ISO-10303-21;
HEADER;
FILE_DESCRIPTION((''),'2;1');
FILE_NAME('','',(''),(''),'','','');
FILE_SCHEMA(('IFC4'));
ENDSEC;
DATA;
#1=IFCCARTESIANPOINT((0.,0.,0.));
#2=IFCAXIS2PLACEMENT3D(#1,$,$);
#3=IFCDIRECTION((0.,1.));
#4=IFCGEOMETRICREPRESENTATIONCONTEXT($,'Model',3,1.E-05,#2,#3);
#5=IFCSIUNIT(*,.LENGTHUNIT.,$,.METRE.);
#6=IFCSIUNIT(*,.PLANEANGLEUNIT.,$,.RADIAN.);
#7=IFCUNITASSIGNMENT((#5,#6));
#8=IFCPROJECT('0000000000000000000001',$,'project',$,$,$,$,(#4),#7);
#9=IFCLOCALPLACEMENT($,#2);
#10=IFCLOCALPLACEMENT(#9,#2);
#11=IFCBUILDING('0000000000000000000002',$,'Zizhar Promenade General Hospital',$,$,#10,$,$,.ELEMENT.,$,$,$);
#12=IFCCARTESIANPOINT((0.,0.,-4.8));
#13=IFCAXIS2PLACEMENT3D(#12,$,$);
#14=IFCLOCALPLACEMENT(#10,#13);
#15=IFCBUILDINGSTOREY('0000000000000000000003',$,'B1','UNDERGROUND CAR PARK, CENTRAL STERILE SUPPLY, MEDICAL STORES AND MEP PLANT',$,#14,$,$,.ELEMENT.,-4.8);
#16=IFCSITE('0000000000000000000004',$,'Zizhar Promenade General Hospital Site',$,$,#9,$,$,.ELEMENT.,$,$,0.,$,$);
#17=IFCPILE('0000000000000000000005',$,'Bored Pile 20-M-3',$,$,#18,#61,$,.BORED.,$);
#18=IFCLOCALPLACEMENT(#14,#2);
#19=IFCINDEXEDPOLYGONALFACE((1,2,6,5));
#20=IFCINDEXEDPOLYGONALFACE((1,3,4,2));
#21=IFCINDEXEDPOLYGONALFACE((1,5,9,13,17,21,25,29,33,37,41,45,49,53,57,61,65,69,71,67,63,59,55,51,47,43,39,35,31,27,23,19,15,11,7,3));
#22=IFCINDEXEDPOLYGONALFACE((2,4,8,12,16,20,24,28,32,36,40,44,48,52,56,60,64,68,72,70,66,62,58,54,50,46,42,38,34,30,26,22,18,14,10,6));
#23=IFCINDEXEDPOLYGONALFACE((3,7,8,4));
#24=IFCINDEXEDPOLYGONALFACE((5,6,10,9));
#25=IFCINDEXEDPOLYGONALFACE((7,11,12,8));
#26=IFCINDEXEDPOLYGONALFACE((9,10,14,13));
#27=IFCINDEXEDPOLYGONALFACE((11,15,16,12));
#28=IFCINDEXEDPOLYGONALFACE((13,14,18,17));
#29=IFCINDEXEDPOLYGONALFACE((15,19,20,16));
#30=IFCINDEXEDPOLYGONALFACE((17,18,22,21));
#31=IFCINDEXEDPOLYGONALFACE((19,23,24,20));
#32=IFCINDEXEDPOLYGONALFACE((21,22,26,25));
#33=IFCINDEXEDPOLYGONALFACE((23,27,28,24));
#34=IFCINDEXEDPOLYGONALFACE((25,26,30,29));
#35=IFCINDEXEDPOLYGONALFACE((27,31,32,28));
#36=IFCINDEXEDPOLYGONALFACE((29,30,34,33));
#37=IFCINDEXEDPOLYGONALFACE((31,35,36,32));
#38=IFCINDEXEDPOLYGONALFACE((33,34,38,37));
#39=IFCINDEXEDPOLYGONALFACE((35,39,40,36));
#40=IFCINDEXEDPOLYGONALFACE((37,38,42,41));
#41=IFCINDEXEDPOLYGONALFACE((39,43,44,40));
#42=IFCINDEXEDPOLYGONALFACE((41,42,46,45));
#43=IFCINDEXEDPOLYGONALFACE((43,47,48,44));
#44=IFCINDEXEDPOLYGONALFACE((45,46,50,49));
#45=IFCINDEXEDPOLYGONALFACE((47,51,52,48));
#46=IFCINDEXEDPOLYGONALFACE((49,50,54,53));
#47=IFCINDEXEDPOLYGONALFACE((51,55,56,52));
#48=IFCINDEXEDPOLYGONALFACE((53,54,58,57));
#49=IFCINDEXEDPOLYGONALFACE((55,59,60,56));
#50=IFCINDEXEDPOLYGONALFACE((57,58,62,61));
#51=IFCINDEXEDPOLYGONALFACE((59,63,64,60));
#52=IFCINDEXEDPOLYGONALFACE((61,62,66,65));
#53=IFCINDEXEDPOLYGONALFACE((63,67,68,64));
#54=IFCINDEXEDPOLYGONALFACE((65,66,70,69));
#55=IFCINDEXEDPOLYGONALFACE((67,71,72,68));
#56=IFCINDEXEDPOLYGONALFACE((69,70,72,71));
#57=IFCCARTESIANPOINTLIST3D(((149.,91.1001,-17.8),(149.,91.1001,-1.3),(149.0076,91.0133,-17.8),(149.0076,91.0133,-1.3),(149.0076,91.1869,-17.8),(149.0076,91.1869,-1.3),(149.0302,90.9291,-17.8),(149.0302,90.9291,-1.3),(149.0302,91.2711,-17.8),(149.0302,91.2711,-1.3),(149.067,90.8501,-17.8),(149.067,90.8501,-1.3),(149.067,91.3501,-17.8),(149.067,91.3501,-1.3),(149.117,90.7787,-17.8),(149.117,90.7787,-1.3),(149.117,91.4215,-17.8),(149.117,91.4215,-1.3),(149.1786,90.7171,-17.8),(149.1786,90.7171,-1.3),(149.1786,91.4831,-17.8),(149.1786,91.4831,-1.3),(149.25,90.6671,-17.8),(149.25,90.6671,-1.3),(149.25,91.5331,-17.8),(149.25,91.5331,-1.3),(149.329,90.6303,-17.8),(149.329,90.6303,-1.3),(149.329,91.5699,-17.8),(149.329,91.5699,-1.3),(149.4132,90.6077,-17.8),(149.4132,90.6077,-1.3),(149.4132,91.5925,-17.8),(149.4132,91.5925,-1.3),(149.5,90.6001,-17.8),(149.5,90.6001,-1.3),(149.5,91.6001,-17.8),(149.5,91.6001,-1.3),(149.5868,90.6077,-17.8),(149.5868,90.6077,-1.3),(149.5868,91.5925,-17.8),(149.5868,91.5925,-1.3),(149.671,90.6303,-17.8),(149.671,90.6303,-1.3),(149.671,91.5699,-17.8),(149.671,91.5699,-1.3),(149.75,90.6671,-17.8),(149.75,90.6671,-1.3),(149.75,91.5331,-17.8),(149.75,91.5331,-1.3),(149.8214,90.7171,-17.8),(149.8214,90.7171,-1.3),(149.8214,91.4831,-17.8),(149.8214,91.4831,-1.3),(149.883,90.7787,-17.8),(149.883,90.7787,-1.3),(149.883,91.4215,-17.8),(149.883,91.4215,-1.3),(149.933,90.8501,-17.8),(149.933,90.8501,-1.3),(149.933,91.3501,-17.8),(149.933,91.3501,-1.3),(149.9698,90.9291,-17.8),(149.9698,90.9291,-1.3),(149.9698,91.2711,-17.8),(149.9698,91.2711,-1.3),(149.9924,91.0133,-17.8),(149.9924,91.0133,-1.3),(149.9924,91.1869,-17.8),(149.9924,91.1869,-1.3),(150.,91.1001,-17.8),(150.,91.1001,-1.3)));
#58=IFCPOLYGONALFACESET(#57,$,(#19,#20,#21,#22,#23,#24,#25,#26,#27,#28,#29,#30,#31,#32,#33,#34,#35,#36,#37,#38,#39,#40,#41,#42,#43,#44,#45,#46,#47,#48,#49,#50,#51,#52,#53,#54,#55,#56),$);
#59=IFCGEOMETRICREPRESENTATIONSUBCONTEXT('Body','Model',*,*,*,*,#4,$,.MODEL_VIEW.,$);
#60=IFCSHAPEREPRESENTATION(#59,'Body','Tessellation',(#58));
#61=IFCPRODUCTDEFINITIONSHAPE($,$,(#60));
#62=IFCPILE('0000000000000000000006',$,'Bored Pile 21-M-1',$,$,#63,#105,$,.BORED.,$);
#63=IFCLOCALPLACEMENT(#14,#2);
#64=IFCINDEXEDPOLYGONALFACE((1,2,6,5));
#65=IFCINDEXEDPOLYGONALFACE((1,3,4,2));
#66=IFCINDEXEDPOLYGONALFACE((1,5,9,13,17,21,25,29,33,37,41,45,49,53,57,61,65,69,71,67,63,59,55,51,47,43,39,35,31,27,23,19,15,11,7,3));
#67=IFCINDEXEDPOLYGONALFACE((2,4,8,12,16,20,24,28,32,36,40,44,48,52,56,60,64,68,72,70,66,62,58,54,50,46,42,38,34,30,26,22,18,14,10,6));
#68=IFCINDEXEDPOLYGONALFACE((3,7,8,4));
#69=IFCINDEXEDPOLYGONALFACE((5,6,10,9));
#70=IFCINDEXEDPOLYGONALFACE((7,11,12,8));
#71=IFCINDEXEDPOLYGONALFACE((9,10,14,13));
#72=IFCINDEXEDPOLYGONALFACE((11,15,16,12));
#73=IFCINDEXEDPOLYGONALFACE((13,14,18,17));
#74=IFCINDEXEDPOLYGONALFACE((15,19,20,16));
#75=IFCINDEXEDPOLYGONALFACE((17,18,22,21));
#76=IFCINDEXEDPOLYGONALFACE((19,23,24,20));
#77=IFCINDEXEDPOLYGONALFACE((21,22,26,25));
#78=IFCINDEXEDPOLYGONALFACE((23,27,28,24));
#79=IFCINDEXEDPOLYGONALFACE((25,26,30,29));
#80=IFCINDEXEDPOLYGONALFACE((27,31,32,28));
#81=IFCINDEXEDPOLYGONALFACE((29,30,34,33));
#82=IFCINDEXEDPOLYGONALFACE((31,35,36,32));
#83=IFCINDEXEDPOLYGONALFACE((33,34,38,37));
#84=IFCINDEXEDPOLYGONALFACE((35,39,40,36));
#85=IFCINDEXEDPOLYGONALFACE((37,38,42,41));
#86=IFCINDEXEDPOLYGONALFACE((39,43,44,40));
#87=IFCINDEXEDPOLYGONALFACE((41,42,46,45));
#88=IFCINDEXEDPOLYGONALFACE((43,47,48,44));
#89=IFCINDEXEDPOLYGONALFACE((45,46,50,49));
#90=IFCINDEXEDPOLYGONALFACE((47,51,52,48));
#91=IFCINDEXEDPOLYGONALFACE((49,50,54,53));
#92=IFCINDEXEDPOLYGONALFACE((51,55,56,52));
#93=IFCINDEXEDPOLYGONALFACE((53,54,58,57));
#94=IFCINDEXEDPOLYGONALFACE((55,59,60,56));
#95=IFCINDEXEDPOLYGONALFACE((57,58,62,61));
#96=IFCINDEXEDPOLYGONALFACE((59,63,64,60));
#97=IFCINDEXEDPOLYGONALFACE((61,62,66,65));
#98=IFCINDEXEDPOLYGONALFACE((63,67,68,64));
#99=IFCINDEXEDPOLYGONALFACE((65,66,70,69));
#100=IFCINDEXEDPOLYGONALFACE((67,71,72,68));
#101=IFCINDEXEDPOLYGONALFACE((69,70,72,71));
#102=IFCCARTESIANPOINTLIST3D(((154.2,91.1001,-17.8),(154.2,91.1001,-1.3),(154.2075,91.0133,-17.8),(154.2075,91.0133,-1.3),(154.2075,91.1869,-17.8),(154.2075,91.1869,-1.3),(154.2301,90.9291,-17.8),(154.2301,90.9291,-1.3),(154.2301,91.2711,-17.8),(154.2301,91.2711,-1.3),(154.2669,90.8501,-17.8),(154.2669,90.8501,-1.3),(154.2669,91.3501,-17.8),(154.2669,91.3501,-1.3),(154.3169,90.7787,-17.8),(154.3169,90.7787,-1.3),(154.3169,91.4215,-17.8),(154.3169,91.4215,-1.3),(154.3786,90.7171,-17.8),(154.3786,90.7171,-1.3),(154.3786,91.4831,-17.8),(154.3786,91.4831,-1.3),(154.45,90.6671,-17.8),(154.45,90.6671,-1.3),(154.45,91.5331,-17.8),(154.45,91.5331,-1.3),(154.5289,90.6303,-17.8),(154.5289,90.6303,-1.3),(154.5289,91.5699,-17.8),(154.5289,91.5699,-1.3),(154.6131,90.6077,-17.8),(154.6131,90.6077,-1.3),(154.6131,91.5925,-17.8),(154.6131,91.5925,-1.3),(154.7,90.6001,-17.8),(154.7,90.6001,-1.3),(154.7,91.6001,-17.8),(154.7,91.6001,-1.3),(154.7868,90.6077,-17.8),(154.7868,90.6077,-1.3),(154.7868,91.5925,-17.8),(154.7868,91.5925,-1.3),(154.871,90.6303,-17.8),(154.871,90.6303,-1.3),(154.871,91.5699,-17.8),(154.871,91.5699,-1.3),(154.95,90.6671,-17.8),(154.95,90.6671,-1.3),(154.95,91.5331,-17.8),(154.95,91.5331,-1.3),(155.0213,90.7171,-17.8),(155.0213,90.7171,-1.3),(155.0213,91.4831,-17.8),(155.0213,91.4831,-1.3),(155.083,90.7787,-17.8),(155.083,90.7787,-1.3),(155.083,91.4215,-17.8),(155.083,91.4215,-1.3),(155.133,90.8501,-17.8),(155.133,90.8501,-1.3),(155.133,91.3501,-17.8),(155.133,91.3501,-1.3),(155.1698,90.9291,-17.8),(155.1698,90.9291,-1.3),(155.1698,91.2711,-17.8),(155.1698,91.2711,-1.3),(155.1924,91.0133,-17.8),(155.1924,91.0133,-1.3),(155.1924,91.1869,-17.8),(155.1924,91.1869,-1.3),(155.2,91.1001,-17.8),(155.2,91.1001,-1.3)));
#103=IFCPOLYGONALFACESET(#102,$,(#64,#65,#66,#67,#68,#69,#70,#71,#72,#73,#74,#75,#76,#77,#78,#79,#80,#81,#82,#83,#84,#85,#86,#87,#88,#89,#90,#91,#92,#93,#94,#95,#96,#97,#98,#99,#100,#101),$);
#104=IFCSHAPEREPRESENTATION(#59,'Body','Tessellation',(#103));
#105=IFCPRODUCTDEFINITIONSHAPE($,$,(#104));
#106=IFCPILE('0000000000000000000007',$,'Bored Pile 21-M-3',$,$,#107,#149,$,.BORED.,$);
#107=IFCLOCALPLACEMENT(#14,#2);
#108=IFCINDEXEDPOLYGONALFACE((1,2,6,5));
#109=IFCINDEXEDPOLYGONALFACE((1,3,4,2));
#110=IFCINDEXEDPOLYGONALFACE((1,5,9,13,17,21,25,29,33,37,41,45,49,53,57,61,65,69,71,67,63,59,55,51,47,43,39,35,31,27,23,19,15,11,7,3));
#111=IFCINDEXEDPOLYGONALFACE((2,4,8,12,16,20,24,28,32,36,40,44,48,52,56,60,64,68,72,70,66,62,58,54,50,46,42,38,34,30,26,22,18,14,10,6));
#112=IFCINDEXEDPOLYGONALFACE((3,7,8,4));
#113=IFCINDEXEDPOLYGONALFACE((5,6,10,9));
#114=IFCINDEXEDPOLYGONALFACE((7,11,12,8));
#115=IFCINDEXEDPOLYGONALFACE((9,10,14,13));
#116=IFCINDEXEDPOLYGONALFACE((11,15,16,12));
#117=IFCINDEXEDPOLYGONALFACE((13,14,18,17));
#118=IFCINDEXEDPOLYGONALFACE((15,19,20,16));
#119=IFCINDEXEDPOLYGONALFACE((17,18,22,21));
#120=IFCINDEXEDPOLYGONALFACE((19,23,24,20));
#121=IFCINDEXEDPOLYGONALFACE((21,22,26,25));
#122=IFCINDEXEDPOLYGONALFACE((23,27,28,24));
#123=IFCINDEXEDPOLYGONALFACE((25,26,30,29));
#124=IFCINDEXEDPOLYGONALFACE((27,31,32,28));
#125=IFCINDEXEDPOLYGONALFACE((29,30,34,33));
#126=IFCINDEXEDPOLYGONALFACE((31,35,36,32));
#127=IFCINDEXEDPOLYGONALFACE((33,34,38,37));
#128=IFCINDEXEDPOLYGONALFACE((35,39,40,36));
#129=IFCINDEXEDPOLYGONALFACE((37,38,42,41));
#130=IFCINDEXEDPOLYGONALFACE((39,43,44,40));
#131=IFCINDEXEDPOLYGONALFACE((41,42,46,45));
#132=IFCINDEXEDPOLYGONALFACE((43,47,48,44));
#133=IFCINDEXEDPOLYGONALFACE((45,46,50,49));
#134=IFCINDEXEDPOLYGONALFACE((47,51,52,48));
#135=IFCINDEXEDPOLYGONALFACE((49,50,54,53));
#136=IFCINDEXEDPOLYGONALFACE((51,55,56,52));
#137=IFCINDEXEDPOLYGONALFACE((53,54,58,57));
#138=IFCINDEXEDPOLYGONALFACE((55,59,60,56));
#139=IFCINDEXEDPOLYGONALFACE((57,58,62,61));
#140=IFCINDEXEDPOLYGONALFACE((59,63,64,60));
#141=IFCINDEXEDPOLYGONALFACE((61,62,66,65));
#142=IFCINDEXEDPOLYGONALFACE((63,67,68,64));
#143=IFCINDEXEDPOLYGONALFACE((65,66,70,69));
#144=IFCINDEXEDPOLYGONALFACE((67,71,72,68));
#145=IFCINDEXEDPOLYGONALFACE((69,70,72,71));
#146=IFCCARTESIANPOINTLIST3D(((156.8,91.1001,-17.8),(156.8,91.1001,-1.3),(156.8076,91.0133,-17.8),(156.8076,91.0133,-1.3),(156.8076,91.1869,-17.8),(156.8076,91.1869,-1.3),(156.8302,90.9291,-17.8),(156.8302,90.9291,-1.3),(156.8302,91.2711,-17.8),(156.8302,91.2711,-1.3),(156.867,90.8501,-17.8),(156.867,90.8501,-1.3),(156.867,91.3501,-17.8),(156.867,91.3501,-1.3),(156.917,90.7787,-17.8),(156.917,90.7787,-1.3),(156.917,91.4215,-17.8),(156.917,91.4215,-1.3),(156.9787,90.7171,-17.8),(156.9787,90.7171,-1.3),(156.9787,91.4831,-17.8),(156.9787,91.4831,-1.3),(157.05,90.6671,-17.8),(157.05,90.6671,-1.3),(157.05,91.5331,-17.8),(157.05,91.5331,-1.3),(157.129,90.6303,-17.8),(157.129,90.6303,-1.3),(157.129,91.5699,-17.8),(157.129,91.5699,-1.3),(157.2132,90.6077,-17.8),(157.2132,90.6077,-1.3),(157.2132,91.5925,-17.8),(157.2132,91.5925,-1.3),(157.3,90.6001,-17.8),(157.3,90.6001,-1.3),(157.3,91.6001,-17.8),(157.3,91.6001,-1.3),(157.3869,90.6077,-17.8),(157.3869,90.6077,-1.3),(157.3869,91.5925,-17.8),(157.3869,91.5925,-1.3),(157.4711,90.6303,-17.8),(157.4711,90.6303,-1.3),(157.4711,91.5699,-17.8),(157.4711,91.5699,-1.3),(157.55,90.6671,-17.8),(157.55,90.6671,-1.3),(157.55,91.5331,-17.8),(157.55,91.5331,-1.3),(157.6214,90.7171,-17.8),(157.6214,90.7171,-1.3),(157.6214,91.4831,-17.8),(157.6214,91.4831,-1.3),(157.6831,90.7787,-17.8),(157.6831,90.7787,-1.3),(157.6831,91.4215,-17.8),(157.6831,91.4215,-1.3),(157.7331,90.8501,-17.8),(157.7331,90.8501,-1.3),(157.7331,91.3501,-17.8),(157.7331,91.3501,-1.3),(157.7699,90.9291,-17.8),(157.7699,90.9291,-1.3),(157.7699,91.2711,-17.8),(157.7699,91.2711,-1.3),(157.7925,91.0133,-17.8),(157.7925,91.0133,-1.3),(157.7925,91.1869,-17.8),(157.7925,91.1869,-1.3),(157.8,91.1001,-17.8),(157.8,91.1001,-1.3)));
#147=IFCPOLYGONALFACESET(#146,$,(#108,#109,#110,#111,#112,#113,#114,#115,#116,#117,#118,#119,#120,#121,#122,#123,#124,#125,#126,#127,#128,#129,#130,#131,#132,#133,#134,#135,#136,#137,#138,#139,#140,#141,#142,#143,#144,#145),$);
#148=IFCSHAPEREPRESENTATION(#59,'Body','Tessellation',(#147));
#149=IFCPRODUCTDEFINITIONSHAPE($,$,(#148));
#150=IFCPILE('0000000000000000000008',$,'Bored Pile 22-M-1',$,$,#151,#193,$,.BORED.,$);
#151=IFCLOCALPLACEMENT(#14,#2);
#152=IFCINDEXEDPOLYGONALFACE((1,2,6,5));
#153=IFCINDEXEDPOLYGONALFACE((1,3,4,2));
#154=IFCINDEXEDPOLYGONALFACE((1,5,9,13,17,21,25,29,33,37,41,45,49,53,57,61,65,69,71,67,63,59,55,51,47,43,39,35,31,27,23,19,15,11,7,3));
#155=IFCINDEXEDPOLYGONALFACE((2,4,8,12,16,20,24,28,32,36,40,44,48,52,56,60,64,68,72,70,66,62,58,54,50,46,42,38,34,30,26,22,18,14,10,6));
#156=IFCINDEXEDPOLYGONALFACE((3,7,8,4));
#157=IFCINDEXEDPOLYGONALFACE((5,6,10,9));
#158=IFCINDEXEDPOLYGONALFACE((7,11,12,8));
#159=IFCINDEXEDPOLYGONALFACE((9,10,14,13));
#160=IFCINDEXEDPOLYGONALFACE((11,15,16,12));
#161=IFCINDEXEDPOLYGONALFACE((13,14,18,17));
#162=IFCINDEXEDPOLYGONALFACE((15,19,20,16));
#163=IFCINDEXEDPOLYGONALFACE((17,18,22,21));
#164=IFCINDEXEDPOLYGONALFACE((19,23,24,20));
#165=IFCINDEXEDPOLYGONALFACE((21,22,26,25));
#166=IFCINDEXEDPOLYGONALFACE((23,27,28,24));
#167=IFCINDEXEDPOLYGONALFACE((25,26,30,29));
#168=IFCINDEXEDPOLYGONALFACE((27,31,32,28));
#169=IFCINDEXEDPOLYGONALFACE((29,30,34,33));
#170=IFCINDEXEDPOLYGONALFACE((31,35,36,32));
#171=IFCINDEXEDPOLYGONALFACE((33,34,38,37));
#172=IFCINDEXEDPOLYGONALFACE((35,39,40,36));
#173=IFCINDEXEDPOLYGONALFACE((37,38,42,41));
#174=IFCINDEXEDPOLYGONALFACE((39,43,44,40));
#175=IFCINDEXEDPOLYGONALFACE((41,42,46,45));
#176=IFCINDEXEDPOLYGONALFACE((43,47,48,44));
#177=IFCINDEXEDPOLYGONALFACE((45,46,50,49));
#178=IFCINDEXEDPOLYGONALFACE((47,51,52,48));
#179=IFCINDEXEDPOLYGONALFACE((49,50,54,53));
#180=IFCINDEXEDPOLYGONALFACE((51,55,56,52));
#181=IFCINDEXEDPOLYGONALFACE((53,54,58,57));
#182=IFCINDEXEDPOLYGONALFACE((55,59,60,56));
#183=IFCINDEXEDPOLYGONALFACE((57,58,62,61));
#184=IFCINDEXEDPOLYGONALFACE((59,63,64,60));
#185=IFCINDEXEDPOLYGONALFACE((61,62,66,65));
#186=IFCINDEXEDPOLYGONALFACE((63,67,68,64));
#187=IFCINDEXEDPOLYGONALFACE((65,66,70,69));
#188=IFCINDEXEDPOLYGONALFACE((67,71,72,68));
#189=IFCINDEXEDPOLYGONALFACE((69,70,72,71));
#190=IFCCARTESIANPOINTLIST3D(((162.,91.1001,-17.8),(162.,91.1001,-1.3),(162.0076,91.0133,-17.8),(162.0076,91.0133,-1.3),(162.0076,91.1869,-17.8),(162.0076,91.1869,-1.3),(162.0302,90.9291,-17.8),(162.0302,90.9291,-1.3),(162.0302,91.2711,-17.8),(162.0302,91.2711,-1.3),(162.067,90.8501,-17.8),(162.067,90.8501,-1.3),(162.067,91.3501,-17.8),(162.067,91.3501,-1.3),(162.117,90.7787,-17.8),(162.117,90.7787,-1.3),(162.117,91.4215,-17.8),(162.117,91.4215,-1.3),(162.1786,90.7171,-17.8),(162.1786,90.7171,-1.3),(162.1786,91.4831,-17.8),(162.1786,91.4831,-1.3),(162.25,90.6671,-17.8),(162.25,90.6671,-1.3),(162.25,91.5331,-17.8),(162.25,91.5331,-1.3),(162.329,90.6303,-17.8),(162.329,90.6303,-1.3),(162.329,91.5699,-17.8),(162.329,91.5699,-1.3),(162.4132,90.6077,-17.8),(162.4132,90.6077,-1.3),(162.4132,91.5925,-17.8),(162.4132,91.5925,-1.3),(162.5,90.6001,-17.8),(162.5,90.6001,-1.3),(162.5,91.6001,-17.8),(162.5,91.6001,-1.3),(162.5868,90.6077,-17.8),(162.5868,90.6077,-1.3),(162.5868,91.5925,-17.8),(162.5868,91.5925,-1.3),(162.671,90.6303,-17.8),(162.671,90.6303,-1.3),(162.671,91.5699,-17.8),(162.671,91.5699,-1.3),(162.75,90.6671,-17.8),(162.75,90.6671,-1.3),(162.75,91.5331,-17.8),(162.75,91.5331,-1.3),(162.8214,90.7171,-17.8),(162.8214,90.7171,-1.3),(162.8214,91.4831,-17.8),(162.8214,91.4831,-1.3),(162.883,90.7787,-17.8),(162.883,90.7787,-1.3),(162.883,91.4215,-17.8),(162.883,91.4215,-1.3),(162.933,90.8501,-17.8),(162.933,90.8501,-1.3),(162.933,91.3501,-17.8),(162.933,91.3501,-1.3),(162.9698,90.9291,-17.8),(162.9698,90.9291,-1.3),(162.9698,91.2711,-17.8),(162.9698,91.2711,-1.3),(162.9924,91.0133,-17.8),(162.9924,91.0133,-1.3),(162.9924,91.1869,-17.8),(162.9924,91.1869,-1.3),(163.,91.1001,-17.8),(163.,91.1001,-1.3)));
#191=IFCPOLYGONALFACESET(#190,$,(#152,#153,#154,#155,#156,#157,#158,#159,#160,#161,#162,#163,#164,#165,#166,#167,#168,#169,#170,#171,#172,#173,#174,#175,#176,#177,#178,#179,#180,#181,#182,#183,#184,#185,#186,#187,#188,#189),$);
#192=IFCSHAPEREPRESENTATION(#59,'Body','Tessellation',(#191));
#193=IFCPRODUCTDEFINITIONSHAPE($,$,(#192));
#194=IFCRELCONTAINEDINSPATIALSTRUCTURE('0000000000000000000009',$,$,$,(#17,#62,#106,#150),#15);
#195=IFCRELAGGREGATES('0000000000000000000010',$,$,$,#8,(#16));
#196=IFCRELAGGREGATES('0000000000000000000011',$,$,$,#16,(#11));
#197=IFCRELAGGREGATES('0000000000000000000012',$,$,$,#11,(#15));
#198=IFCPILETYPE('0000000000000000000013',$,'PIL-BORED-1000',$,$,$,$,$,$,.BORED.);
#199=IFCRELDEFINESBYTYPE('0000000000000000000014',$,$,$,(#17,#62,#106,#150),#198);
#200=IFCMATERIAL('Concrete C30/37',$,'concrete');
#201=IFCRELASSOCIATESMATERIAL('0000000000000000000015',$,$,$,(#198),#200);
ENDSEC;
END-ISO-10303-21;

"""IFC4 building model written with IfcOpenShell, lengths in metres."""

from ifc_helpers import new_model, si_unit, direction, frame, origin, origin_2d, place, context, subcontext, project, spatial, circle, extrude, material, material_profile, profile_set, type_object, element, save


model = new_model("IFC4")

# Units and contexts
model_context = context("Model", 3, precision=1e-05, world=origin(), true_north=direction((0.0, 1.0)))
body_context = subcontext(model_context, "Body", "Model", "MODEL_VIEW")
ifc_project = project(units=[si_unit("LENGTHUNIT", "METRE"), si_unit("PLANEANGLEUNIT", "RADIAN")], contexts=[model_context])

# Site, building, storey
site_placement = place(None, origin())
site = spatial("IfcSite", under=ifc_project, at=site_placement, Name="Zizhar Promenade General Hospital Site", CompositionType="ELEMENT", RefElevation=0.0)
building_placement = place(site_placement, origin())
building = spatial("IfcBuilding", under=site, at=building_placement, Name="Zizhar Promenade General Hospital", CompositionType="ELEMENT")
storey_placement = place(building_placement, frame((0.0, 0.0, -4.8)))
storey = spatial("IfcBuildingStorey", under=building, at=storey_placement, Name="B1", Description="UNDERGROUND CAR PARK, CENTRAL STERILE SUPPLY, MEDICAL STORES AND MEP PLANT", CompositionType="ELEMENT", Elevation=-4.8)

# Piles
ifc_material_1 = material(Name="Concrete C30/37", Category="concrete")
ifc_material_profile_1 = material_profile(ifc_material_1, circle(Radius=0.5, at=origin_2d()))
ifc_profile_set_1 = profile_set([ifc_material_profile_1], Name="Concrete C30/37")
pile_type = type_object("IfcPileType", Name="PIL-BORED-1000", PredefinedType="BORED", material=ifc_profile_set_1)
for number, where, z_axis, x_axis, name in (
    (1, (149.5, 91.1001, -1.3), (0.0, 0.0, -1.0), (1.0, 0.0, 0.0), "Bored Pile 20-M-3"),
    (2, (154.7, 91.1001, -1.3), (0.0, 0.0, -1.0), (1.0, 0.0, 0.0), "Bored Pile 21-M-1"),
    (3, (157.3, 91.1001, -1.3), (0.0, 0.0, -1.0), (1.0, 0.0, 0.0), "Bored Pile 21-M-3"),
    (4, (162.5, 91.1001, -1.3), (0.0, 0.0, -1.0), (1.0, 0.0, 0.0), "Bored Pile 22-M-1"),
):
    element("IfcPile", number, at=place(storey_placement, frame(where, z_axis=z_axis, x_axis=x_axis)), inside=storey, type_object=pile_type, Name=name, PredefinedType="BORED", context=body_context, shape_type="SweptSolid", body=[
        extrude(circle(Radius=0.5, at=origin_2d()), origin(), (0.0, 0.0, 1.0), 16.5),
    ])

save(model, "model.ifc")
